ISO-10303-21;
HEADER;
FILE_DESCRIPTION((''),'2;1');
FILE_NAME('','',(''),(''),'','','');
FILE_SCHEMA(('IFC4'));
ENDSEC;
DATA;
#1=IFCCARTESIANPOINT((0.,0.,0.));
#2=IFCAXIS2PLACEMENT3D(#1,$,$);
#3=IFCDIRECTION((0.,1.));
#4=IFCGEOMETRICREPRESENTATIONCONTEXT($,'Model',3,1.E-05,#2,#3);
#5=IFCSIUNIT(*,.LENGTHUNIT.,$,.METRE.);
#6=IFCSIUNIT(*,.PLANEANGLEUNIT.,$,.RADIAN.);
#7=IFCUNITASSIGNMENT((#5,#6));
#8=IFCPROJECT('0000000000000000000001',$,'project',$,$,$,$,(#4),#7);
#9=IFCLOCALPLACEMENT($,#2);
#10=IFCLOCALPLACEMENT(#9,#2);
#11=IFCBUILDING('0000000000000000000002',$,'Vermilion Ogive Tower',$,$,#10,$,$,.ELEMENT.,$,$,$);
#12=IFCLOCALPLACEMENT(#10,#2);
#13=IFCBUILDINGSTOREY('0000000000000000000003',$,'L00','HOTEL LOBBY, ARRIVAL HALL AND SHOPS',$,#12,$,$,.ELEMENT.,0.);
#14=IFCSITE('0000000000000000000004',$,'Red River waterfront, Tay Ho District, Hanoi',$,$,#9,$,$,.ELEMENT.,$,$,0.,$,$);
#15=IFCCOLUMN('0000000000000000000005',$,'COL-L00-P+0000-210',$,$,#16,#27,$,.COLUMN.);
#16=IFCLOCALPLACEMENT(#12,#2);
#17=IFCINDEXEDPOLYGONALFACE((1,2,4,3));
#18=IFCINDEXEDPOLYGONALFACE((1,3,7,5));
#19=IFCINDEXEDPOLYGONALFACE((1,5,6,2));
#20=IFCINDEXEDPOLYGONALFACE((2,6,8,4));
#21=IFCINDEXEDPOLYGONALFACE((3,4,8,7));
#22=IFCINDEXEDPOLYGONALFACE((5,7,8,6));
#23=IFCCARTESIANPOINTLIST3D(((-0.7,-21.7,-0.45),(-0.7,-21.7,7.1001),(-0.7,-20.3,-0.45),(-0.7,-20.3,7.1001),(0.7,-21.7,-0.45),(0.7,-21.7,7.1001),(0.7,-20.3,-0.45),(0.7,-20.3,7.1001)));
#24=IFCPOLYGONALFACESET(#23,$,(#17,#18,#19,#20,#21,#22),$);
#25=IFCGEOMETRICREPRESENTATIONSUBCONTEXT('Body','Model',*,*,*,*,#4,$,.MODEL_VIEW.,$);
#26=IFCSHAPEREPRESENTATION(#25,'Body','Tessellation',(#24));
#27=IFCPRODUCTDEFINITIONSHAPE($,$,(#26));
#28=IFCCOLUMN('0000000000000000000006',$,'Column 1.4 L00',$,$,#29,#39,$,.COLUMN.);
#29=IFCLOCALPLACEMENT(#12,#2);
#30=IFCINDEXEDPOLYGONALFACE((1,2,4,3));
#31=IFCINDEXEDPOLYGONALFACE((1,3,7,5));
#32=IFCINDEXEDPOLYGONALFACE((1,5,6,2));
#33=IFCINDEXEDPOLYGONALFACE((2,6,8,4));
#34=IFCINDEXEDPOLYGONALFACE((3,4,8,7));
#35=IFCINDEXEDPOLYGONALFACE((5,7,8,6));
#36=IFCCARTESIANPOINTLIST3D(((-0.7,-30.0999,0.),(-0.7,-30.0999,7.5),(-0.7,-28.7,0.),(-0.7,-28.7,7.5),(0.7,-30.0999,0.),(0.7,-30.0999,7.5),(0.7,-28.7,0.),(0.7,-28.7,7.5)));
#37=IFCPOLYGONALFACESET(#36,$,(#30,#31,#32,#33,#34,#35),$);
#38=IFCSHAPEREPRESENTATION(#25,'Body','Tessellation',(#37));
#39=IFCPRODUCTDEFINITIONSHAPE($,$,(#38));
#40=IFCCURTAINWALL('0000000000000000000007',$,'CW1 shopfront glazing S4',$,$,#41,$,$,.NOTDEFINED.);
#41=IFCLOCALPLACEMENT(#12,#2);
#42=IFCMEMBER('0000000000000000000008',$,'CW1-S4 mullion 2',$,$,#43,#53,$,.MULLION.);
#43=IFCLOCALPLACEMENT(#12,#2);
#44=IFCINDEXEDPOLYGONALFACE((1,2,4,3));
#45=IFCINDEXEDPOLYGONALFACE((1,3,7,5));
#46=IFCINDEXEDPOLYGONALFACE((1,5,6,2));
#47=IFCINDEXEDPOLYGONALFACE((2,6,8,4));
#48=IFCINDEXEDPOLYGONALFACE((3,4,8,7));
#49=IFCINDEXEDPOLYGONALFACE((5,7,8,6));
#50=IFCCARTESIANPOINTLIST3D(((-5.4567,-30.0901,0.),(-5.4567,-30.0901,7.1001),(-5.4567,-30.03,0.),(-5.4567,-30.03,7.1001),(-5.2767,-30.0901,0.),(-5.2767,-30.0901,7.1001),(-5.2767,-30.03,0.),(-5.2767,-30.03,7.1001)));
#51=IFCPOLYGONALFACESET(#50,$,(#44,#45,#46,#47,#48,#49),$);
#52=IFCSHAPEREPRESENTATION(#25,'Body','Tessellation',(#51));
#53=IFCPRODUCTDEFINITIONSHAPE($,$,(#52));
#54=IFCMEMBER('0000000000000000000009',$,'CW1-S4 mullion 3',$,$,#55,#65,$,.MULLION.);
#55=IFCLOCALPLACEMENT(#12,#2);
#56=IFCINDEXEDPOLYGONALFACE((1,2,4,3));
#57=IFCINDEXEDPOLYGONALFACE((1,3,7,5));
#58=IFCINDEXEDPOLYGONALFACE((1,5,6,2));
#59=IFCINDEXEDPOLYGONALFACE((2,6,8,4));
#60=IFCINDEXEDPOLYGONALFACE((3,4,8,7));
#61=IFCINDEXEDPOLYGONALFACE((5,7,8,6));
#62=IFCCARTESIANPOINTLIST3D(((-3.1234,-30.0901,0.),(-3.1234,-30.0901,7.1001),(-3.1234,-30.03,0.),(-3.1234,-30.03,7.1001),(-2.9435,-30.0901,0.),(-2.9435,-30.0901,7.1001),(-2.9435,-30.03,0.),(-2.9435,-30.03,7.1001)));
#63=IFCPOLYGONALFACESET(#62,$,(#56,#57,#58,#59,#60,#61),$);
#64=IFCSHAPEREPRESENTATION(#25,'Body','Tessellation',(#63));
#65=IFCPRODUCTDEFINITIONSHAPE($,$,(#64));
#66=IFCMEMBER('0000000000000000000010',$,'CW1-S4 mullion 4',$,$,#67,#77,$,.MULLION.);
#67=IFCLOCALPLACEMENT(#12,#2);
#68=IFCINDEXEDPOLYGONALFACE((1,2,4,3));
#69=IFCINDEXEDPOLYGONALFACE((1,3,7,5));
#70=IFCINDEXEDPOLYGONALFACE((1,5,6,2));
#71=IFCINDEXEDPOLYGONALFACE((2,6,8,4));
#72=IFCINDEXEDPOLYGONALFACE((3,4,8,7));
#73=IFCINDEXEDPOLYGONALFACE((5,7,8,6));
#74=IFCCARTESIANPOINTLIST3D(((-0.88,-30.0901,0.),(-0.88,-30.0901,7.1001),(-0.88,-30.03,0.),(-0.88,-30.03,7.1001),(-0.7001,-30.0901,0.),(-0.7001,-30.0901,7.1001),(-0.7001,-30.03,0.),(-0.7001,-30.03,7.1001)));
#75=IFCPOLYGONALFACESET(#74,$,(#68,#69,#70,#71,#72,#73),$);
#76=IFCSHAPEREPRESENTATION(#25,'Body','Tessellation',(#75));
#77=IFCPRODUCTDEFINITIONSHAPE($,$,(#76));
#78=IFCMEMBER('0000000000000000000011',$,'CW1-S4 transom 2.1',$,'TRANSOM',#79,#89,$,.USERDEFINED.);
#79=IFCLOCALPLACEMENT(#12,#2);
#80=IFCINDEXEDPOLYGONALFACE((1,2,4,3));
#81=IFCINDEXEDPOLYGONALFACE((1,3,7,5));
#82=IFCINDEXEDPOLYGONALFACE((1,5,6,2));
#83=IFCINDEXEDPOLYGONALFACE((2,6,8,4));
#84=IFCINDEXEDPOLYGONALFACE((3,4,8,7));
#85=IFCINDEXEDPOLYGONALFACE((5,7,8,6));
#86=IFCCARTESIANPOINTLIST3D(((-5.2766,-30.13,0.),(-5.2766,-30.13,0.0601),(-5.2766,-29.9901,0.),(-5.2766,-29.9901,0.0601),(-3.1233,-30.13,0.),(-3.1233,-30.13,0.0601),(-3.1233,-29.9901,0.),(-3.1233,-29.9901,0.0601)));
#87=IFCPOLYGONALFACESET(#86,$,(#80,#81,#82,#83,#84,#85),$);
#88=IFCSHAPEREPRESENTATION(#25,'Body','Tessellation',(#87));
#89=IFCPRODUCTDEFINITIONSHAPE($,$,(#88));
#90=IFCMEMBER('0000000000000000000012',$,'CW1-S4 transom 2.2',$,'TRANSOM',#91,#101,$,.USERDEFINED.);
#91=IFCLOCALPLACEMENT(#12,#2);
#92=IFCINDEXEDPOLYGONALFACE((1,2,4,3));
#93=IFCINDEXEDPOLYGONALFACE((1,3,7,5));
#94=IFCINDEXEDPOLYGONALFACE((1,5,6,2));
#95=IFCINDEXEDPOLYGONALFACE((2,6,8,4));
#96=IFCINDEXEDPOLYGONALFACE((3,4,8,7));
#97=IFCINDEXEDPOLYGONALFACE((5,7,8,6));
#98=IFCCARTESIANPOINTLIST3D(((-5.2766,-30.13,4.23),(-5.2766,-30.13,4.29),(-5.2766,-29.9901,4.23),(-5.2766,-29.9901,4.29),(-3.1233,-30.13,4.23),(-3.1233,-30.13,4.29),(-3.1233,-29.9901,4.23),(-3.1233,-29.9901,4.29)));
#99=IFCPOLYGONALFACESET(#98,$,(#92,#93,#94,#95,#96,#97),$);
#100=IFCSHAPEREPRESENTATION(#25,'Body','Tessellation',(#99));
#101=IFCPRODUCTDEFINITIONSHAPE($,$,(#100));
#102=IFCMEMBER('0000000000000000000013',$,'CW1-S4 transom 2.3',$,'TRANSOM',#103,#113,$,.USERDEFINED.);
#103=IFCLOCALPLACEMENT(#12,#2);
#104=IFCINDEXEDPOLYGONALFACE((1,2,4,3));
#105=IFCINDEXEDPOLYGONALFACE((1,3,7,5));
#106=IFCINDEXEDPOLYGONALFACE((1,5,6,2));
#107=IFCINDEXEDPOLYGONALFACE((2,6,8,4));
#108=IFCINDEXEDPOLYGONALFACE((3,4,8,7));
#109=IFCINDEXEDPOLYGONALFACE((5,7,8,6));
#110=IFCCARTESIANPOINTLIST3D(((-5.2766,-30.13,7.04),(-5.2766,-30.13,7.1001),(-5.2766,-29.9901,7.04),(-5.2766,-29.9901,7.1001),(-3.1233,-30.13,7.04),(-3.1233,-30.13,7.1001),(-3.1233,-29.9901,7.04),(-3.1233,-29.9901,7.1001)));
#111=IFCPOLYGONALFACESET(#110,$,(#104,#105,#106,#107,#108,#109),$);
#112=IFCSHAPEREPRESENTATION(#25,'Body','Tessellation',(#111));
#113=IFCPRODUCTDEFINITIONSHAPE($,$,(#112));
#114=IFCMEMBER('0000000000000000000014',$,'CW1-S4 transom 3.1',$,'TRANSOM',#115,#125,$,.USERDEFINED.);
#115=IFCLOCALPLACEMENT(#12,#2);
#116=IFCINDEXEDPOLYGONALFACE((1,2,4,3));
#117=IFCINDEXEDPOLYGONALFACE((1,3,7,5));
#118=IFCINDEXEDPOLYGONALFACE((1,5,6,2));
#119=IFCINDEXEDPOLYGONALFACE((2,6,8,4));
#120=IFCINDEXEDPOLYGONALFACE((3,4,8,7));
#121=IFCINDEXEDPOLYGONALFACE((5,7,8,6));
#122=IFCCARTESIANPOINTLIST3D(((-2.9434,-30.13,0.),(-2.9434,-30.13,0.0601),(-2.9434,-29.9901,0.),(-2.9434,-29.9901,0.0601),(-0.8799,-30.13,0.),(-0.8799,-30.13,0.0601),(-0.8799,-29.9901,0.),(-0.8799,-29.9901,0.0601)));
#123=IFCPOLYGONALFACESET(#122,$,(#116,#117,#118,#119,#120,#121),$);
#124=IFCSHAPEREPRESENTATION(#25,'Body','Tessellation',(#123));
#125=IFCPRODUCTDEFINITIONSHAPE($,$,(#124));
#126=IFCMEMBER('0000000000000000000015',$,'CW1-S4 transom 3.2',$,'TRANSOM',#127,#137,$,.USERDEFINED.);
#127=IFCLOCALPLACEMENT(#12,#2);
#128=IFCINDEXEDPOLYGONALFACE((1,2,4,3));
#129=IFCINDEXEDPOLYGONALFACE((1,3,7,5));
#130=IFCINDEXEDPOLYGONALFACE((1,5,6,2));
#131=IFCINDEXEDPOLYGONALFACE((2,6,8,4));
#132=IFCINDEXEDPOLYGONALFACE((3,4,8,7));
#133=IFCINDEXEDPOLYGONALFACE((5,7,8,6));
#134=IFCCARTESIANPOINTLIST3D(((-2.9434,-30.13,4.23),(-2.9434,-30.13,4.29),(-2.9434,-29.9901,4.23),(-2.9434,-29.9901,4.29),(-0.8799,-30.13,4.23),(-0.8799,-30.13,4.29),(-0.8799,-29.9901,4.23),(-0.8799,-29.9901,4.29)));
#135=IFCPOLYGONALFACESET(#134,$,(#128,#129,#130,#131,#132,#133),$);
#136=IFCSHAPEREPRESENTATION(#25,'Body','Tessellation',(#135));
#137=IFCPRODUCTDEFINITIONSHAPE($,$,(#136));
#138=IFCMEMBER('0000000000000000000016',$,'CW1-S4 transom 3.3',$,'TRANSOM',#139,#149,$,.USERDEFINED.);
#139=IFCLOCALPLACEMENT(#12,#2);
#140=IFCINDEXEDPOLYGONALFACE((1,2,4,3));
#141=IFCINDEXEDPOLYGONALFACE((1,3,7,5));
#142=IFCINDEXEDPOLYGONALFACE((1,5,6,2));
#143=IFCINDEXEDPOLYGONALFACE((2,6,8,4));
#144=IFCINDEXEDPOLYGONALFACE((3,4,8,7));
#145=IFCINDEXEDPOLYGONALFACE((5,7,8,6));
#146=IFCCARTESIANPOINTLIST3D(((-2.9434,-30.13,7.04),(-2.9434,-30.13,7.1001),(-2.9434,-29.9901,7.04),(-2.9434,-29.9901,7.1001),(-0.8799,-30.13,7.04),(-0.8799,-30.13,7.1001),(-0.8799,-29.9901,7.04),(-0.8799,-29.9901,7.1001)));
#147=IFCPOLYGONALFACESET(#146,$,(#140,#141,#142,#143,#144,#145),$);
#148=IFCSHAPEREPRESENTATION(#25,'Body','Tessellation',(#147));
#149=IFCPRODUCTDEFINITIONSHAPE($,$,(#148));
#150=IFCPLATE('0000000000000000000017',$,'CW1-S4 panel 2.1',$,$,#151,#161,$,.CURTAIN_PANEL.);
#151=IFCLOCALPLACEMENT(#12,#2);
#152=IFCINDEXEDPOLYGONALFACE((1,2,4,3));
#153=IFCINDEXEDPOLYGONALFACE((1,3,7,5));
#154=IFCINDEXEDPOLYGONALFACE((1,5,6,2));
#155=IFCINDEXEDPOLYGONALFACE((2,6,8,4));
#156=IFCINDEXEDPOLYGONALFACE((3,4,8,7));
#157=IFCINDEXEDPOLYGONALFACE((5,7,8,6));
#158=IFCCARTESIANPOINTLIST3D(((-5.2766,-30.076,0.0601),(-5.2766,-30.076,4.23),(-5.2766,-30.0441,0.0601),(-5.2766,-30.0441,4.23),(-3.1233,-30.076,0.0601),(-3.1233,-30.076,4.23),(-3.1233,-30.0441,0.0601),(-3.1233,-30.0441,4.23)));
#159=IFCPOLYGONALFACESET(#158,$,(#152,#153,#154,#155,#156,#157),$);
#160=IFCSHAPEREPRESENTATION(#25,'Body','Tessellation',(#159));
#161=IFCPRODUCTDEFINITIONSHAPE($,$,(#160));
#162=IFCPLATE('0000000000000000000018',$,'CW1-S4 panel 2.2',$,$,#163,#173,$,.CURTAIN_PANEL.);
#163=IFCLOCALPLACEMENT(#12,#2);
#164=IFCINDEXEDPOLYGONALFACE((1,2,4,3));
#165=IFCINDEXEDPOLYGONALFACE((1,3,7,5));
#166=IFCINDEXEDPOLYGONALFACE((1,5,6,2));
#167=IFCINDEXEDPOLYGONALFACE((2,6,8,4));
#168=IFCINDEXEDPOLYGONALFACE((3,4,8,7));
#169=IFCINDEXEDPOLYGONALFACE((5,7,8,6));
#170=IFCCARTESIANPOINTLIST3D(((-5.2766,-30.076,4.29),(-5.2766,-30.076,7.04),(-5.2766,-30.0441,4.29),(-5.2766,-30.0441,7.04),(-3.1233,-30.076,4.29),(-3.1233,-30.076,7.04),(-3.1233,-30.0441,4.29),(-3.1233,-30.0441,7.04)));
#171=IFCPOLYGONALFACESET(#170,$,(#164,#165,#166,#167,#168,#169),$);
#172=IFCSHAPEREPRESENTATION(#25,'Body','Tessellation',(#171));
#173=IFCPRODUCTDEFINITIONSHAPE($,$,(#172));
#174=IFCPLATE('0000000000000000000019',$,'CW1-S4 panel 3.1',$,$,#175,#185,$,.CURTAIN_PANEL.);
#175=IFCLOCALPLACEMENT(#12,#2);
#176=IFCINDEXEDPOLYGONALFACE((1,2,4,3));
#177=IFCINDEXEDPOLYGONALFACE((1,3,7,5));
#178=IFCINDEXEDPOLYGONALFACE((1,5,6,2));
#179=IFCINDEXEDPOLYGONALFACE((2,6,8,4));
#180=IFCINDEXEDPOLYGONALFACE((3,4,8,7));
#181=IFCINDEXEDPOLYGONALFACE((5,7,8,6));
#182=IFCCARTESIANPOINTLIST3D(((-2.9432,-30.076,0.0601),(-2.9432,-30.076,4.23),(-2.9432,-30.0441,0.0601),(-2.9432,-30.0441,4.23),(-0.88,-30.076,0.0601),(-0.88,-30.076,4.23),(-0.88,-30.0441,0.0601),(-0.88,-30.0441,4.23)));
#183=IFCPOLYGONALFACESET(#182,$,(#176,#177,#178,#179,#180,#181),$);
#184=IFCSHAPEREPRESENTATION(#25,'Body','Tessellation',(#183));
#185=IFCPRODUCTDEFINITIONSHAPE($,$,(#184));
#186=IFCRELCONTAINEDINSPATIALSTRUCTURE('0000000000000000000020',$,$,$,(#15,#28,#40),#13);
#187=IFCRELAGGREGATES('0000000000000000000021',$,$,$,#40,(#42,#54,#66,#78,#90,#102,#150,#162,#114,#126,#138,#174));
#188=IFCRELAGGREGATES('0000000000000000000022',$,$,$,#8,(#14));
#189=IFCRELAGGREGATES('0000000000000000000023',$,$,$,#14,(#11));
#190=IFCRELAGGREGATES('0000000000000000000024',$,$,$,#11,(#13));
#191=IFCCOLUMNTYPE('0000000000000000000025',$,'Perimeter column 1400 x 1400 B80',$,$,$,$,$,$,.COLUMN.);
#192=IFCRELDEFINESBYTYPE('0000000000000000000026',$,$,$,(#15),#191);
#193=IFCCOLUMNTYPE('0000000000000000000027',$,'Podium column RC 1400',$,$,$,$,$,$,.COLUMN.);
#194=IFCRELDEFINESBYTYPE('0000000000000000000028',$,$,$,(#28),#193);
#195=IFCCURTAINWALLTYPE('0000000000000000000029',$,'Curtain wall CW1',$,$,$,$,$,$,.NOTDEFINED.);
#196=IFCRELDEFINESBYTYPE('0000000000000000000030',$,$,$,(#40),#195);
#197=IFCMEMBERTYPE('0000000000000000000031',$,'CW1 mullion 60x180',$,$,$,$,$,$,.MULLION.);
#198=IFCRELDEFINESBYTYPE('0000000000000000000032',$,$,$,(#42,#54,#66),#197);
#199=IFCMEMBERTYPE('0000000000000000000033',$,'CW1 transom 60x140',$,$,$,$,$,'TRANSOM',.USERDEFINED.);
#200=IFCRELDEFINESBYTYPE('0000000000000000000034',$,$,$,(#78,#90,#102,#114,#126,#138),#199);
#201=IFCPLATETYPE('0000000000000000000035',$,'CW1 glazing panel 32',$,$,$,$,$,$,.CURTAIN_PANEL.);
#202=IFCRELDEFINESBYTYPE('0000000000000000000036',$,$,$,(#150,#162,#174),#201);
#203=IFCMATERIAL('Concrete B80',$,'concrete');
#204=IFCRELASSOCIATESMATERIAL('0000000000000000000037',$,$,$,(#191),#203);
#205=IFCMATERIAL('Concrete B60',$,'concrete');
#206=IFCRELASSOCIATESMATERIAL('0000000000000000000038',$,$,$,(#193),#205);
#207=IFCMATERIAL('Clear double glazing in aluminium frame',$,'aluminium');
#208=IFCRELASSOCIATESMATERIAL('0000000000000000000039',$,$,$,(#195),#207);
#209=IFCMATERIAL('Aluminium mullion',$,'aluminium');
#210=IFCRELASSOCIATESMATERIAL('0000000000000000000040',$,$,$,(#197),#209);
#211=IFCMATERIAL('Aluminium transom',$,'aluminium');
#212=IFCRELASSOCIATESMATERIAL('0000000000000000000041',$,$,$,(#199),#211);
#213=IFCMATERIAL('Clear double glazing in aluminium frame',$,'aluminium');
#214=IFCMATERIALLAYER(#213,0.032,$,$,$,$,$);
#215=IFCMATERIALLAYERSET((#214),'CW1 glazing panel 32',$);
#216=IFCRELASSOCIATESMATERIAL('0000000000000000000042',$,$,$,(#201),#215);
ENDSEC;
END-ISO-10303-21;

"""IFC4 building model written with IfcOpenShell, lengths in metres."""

from ifc_helpers import new_model, si_unit, direction, frame, origin, origin_2d, place, context, subcontext, project, spatial, rectangle, extrude, material, layer, layer_set, material_profile, profile_set, type_object, element, aggregate, save


model = new_model("IFC4")

# Units and contexts
model_context = context("Model", 3, precision=1e-05, world=origin(), true_north=direction((0.0, 1.0)))
body_context = subcontext(model_context, "Body", "Model", "MODEL_VIEW")
ifc_project = project(units=[si_unit("LENGTHUNIT", "METRE"), si_unit("PLANEANGLEUNIT", "RADIAN")], contexts=[model_context])

# Site, building, storey
site_placement = place(None, origin())
site = spatial("IfcSite", under=ifc_project, at=site_placement, Name="Red River waterfront, Tay Ho District, Hanoi", CompositionType="ELEMENT", RefElevation=0.0)
building_placement = place(site_placement, origin())
building = spatial("IfcBuilding", under=site, at=building_placement, Name="Vermilion Ogive Tower", CompositionType="ELEMENT")
storey_placement = place(building_placement, origin())
storey = spatial("IfcBuildingStorey", under=building, at=storey_placement, Name="L00", Description="HOTEL LOBBY, ARRIVAL HALL AND SHOPS", CompositionType="ELEMENT", Elevation=0.0)

# Columns
ifc_material_1 = material(Name="Concrete B80", Category="concrete")
ifc_material_profile_1 = material_profile(ifc_material_1, rectangle(XDim=1.3999, YDim=1.3999, at=origin_2d()), Name="1400 x 1400")
ifc_profile_set_1 = profile_set([ifc_material_profile_1], Name="Concrete B80")
column_type_1 = type_object("IfcColumnType", Name="Perimeter column 1400 x 1400 B80", PredefinedType="COLUMN", material=ifc_profile_set_1)
column_1_placement = place(storey_placement, frame((0.0, -21.0, -0.45), z_axis=(0.0, 0.0, 1.0), x_axis=(1.0, 0.0, 0.0)))
element("IfcColumn", 1, at=column_1_placement, inside=storey, type_object=column_type_1, Name="COL-L00-P+0000-210", PredefinedType="COLUMN", context=body_context, shape_type="SweptSolid", body=[
    extrude(rectangle(XDim=1.3999, YDim=1.3999, at=origin_2d()), origin(), (0.0, 0.0, 1.0), 7.55),
])
ifc_material_2 = material(Name="Concrete B60", Category="concrete")
ifc_material_profile_2 = material_profile(ifc_material_2, rectangle(XDim=1.3999, YDim=1.3999, at=origin_2d()), Name="RC 1400x1400")
ifc_profile_set_2 = profile_set([ifc_material_profile_2], Name="Concrete B60")
column_type_2 = type_object("IfcColumnType", Name="Podium column RC 1400", PredefinedType="COLUMN", material=ifc_profile_set_2)
column_2_placement = place(storey_placement, frame((0.0, -29.3999, 0.0), z_axis=(0.0, 0.0, 1.0), x_axis=(1.0, 0.0, 0.0)))
element("IfcColumn", 2, at=column_2_placement, inside=storey, type_object=column_type_2, Name="Column 1.4 L00", PredefinedType="COLUMN", context=body_context, shape_type="SweptSolid", body=[
    extrude(rectangle(XDim=1.3999, YDim=1.3999, at=origin_2d()), origin(), (0.0, 0.0, 1.0), 7.5),
])

# Curtain wall, members, plates
ifc_material_3 = material(Name="Clear double glazing in aluminium frame", Category="aluminium")
curtain_wall_type = type_object("IfcCurtainWallType", Name="Curtain wall CW1", PredefinedType="NOTDEFINED", material=ifc_material_3)
curtain_wall_placement = place(storey_placement, origin())
curtain_wall = element("IfcCurtainWall", 3, at=curtain_wall_placement, inside=storey, type_object=curtain_wall_type, Name="CW1 shopfront glazing S4", PredefinedType="NOTDEFINED")
ifc_material_4 = material(Name="Aluminium mullion", Category="aluminium")
ifc_material_profile_3 = material_profile(ifc_material_4, rectangle(XDim=0.0601, YDim=0.1799, at=origin_2d()), Name="AL 60x180")
ifc_profile_set_3 = profile_set([ifc_material_profile_3], Name="Aluminium mullion")
member_type_1 = type_object("IfcMemberType", Name="CW1 mullion 60x180", PredefinedType="MULLION", material=ifc_profile_set_3)
member_1_placement = place(storey_placement, frame((-5.3667, -30.0601, 0.0), z_axis=(0.0, 0.0, 1.0), x_axis=(0.0, 1.0, 0.0)))
member_1 = element("IfcMember", 4, at=member_1_placement, type_object=member_type_1, Name="CW1-S4 mullion 2", PredefinedType="MULLION", context=body_context, shape_type="SweptSolid", body=[
    extrude(rectangle(XDim=0.0601, YDim=0.1799, at=origin_2d()), origin(), (0.0, 0.0, 1.0), 7.1001),
])
member_2_placement = place(storey_placement, frame((-3.0334, -30.0601, 0.0), z_axis=(0.0, 0.0, 1.0), x_axis=(0.0, 1.0, 0.0)))
member_2 = element("IfcMember", 5, at=member_2_placement, type_object=member_type_1, Name="CW1-S4 mullion 3", PredefinedType="MULLION", context=body_context, shape_type="SweptSolid", body=[
    extrude(rectangle(XDim=0.0601, YDim=0.1799, at=origin_2d()), origin(), (0.0, 0.0, 1.0), 7.1001),
])
member_3_placement = place(storey_placement, frame((-0.79, -30.0601, 0.0), z_axis=(0.0, 0.0, 1.0), x_axis=(0.0, 1.0, 0.0)))
member_3 = element("IfcMember", 6, at=member_3_placement, type_object=member_type_1, Name="CW1-S4 mullion 4", PredefinedType="MULLION", context=body_context, shape_type="SweptSolid", body=[
    extrude(rectangle(XDim=0.0601, YDim=0.1799, at=origin_2d()), origin(), (0.0, 0.0, 1.0), 7.1001),
])
ifc_material_5 = material(Name="Aluminium transom", Category="aluminium")
ifc_material_profile_4 = material_profile(ifc_material_5, rectangle(XDim=0.1399, YDim=0.0601, at=origin_2d()), Name="AL 60x140")
ifc_profile_set_4 = profile_set([ifc_material_profile_4], Name="Aluminium transom")
member_type_2 = type_object("IfcMemberType", Name="CW1 transom 60x140", ElementType="TRANSOM", PredefinedType="USERDEFINED", material=ifc_profile_set_4)
member_4_placement = place(storey_placement, frame((-5.2766, -30.0601, 0.03), z_axis=(1.0, 0.0, 0.0), x_axis=(0.0, 1.0, 0.0)))
member_4 = element("IfcMember", 7, at=member_4_placement, type_object=member_type_2, Name="CW1-S4 transom 2.1", ObjectType="TRANSOM", PredefinedType="USERDEFINED", context=body_context, shape_type="SweptSolid", body=[
    extrude(rectangle(XDim=0.1399, YDim=0.0601, at=origin_2d()), origin(), (0.0, 0.0, 1.0), 2.1533),
])
member_5_placement = place(storey_placement, frame((-5.2766, -30.0601, 4.26), z_axis=(1.0, 0.0, 0.0), x_axis=(0.0, 1.0, 0.0)))
member_5 = element("IfcMember", 8, at=member_5_placement, type_object=member_type_2, Name="CW1-S4 transom 2.2", ObjectType="TRANSOM", PredefinedType="USERDEFINED", context=body_context, shape_type="SweptSolid", body=[
    extrude(rectangle(XDim=0.1399, YDim=0.0601, at=origin_2d()), origin(), (0.0, 0.0, 1.0), 2.1533),
])
member_6_placement = place(storey_placement, frame((-5.2766, -30.0601, 7.0701), z_axis=(1.0, 0.0, 0.0), x_axis=(0.0, 1.0, 0.0)))
member_6 = element("IfcMember", 9, at=member_6_placement, type_object=member_type_2, Name="CW1-S4 transom 2.3", ObjectType="TRANSOM", PredefinedType="USERDEFINED", context=body_context, shape_type="SweptSolid", body=[
    extrude(rectangle(XDim=0.1399, YDim=0.0601, at=origin_2d()), origin(), (0.0, 0.0, 1.0), 2.1533),
])
member_7_placement = place(storey_placement, frame((-2.9434, -30.0601, 0.03), z_axis=(1.0, 0.0, 0.0), x_axis=(0.0, 1.0, 0.0)))
member_7 = element("IfcMember", 10, at=member_7_placement, type_object=member_type_2, Name="CW1-S4 transom 3.1", ObjectType="TRANSOM", PredefinedType="USERDEFINED", context=body_context, shape_type="SweptSolid", body=[
    extrude(rectangle(XDim=0.1399, YDim=0.0601, at=origin_2d()), origin(), (0.0, 0.0, 1.0), 2.0635),
])
member_8_placement = place(storey_placement, frame((-2.9434, -30.0601, 4.26), z_axis=(1.0, 0.0, 0.0), x_axis=(0.0, 1.0, 0.0)))
member_8 = element("IfcMember", 11, at=member_8_placement, type_object=member_type_2, Name="CW1-S4 transom 3.2", ObjectType="TRANSOM", PredefinedType="USERDEFINED", context=body_context, shape_type="SweptSolid", body=[
    extrude(rectangle(XDim=0.1399, YDim=0.0601, at=origin_2d()), origin(), (0.0, 0.0, 1.0), 2.0635),
])
member_9_placement = place(storey_placement, frame((-2.9434, -30.0601, 7.0701), z_axis=(1.0, 0.0, 0.0), x_axis=(0.0, 1.0, 0.0)))
member_9 = element("IfcMember", 12, at=member_9_placement, type_object=member_type_2, Name="CW1-S4 transom 3.3", ObjectType="TRANSOM", PredefinedType="USERDEFINED", context=body_context, shape_type="SweptSolid", body=[
    extrude(rectangle(XDim=0.1399, YDim=0.0601, at=origin_2d()), origin(), (0.0, 0.0, 1.0), 2.0635),
])
ifc_material_6 = material(Name="Clear double glazing in aluminium frame", Category="aluminium")
ifc_layer_1 = layer(ifc_material_6, 0.032)
ifc_layer_set_1 = layer_set([ifc_layer_1], Name="CW1 glazing panel 32")
plate_type = type_object("IfcPlateType", Name="CW1 glazing panel 32", PredefinedType="CURTAIN_PANEL", material=ifc_layer_set_1)
plate_1_placement = place(storey_placement, frame((-4.2, -30.0601, 0.0601), z_axis=(0.0, 0.0, 1.0), x_axis=(1.0, 0.0, 0.0)))
plate_1 = element("IfcPlate", 13, at=plate_1_placement, type_object=plate_type, Name="CW1-S4 panel 2.1", PredefinedType="CURTAIN_PANEL", context=body_context, shape_type="SweptSolid", body=[
    extrude(rectangle(XDim=2.1533, YDim=0.032, at=origin_2d()), origin(), (0.0, 0.0, 1.0), 4.1699),
])
plate_2_placement = place(storey_placement, frame((-4.2, -30.0601, 4.29), z_axis=(0.0, 0.0, 1.0), x_axis=(1.0, 0.0, 0.0)))
plate_2 = element("IfcPlate", 14, at=plate_2_placement, type_object=plate_type, Name="CW1-S4 panel 2.2", PredefinedType="CURTAIN_PANEL", context=body_context, shape_type="SweptSolid", body=[
    extrude(rectangle(XDim=2.1533, YDim=0.032, at=origin_2d()), origin(), (0.0, 0.0, 1.0), 2.75),
])
plate_3_placement = place(storey_placement, frame((-1.9116, -30.0601, 0.0601), z_axis=(0.0, 0.0, 1.0), x_axis=(1.0, 0.0, 0.0)))
plate_3 = element("IfcPlate", 15, at=plate_3_placement, type_object=plate_type, Name="CW1-S4 panel 3.1", PredefinedType="CURTAIN_PANEL", context=body_context, shape_type="SweptSolid", body=[
    extrude(rectangle(XDim=2.0632, YDim=0.032, at=origin_2d()), origin(), (0.0, 0.0, 1.0), 4.1699),
])
aggregate(curtain_wall, [member_1, member_2, member_3, member_4, member_5, member_6, plate_1, plate_2, member_7, member_8, member_9, plate_3])

save(model, "model.ifc")
